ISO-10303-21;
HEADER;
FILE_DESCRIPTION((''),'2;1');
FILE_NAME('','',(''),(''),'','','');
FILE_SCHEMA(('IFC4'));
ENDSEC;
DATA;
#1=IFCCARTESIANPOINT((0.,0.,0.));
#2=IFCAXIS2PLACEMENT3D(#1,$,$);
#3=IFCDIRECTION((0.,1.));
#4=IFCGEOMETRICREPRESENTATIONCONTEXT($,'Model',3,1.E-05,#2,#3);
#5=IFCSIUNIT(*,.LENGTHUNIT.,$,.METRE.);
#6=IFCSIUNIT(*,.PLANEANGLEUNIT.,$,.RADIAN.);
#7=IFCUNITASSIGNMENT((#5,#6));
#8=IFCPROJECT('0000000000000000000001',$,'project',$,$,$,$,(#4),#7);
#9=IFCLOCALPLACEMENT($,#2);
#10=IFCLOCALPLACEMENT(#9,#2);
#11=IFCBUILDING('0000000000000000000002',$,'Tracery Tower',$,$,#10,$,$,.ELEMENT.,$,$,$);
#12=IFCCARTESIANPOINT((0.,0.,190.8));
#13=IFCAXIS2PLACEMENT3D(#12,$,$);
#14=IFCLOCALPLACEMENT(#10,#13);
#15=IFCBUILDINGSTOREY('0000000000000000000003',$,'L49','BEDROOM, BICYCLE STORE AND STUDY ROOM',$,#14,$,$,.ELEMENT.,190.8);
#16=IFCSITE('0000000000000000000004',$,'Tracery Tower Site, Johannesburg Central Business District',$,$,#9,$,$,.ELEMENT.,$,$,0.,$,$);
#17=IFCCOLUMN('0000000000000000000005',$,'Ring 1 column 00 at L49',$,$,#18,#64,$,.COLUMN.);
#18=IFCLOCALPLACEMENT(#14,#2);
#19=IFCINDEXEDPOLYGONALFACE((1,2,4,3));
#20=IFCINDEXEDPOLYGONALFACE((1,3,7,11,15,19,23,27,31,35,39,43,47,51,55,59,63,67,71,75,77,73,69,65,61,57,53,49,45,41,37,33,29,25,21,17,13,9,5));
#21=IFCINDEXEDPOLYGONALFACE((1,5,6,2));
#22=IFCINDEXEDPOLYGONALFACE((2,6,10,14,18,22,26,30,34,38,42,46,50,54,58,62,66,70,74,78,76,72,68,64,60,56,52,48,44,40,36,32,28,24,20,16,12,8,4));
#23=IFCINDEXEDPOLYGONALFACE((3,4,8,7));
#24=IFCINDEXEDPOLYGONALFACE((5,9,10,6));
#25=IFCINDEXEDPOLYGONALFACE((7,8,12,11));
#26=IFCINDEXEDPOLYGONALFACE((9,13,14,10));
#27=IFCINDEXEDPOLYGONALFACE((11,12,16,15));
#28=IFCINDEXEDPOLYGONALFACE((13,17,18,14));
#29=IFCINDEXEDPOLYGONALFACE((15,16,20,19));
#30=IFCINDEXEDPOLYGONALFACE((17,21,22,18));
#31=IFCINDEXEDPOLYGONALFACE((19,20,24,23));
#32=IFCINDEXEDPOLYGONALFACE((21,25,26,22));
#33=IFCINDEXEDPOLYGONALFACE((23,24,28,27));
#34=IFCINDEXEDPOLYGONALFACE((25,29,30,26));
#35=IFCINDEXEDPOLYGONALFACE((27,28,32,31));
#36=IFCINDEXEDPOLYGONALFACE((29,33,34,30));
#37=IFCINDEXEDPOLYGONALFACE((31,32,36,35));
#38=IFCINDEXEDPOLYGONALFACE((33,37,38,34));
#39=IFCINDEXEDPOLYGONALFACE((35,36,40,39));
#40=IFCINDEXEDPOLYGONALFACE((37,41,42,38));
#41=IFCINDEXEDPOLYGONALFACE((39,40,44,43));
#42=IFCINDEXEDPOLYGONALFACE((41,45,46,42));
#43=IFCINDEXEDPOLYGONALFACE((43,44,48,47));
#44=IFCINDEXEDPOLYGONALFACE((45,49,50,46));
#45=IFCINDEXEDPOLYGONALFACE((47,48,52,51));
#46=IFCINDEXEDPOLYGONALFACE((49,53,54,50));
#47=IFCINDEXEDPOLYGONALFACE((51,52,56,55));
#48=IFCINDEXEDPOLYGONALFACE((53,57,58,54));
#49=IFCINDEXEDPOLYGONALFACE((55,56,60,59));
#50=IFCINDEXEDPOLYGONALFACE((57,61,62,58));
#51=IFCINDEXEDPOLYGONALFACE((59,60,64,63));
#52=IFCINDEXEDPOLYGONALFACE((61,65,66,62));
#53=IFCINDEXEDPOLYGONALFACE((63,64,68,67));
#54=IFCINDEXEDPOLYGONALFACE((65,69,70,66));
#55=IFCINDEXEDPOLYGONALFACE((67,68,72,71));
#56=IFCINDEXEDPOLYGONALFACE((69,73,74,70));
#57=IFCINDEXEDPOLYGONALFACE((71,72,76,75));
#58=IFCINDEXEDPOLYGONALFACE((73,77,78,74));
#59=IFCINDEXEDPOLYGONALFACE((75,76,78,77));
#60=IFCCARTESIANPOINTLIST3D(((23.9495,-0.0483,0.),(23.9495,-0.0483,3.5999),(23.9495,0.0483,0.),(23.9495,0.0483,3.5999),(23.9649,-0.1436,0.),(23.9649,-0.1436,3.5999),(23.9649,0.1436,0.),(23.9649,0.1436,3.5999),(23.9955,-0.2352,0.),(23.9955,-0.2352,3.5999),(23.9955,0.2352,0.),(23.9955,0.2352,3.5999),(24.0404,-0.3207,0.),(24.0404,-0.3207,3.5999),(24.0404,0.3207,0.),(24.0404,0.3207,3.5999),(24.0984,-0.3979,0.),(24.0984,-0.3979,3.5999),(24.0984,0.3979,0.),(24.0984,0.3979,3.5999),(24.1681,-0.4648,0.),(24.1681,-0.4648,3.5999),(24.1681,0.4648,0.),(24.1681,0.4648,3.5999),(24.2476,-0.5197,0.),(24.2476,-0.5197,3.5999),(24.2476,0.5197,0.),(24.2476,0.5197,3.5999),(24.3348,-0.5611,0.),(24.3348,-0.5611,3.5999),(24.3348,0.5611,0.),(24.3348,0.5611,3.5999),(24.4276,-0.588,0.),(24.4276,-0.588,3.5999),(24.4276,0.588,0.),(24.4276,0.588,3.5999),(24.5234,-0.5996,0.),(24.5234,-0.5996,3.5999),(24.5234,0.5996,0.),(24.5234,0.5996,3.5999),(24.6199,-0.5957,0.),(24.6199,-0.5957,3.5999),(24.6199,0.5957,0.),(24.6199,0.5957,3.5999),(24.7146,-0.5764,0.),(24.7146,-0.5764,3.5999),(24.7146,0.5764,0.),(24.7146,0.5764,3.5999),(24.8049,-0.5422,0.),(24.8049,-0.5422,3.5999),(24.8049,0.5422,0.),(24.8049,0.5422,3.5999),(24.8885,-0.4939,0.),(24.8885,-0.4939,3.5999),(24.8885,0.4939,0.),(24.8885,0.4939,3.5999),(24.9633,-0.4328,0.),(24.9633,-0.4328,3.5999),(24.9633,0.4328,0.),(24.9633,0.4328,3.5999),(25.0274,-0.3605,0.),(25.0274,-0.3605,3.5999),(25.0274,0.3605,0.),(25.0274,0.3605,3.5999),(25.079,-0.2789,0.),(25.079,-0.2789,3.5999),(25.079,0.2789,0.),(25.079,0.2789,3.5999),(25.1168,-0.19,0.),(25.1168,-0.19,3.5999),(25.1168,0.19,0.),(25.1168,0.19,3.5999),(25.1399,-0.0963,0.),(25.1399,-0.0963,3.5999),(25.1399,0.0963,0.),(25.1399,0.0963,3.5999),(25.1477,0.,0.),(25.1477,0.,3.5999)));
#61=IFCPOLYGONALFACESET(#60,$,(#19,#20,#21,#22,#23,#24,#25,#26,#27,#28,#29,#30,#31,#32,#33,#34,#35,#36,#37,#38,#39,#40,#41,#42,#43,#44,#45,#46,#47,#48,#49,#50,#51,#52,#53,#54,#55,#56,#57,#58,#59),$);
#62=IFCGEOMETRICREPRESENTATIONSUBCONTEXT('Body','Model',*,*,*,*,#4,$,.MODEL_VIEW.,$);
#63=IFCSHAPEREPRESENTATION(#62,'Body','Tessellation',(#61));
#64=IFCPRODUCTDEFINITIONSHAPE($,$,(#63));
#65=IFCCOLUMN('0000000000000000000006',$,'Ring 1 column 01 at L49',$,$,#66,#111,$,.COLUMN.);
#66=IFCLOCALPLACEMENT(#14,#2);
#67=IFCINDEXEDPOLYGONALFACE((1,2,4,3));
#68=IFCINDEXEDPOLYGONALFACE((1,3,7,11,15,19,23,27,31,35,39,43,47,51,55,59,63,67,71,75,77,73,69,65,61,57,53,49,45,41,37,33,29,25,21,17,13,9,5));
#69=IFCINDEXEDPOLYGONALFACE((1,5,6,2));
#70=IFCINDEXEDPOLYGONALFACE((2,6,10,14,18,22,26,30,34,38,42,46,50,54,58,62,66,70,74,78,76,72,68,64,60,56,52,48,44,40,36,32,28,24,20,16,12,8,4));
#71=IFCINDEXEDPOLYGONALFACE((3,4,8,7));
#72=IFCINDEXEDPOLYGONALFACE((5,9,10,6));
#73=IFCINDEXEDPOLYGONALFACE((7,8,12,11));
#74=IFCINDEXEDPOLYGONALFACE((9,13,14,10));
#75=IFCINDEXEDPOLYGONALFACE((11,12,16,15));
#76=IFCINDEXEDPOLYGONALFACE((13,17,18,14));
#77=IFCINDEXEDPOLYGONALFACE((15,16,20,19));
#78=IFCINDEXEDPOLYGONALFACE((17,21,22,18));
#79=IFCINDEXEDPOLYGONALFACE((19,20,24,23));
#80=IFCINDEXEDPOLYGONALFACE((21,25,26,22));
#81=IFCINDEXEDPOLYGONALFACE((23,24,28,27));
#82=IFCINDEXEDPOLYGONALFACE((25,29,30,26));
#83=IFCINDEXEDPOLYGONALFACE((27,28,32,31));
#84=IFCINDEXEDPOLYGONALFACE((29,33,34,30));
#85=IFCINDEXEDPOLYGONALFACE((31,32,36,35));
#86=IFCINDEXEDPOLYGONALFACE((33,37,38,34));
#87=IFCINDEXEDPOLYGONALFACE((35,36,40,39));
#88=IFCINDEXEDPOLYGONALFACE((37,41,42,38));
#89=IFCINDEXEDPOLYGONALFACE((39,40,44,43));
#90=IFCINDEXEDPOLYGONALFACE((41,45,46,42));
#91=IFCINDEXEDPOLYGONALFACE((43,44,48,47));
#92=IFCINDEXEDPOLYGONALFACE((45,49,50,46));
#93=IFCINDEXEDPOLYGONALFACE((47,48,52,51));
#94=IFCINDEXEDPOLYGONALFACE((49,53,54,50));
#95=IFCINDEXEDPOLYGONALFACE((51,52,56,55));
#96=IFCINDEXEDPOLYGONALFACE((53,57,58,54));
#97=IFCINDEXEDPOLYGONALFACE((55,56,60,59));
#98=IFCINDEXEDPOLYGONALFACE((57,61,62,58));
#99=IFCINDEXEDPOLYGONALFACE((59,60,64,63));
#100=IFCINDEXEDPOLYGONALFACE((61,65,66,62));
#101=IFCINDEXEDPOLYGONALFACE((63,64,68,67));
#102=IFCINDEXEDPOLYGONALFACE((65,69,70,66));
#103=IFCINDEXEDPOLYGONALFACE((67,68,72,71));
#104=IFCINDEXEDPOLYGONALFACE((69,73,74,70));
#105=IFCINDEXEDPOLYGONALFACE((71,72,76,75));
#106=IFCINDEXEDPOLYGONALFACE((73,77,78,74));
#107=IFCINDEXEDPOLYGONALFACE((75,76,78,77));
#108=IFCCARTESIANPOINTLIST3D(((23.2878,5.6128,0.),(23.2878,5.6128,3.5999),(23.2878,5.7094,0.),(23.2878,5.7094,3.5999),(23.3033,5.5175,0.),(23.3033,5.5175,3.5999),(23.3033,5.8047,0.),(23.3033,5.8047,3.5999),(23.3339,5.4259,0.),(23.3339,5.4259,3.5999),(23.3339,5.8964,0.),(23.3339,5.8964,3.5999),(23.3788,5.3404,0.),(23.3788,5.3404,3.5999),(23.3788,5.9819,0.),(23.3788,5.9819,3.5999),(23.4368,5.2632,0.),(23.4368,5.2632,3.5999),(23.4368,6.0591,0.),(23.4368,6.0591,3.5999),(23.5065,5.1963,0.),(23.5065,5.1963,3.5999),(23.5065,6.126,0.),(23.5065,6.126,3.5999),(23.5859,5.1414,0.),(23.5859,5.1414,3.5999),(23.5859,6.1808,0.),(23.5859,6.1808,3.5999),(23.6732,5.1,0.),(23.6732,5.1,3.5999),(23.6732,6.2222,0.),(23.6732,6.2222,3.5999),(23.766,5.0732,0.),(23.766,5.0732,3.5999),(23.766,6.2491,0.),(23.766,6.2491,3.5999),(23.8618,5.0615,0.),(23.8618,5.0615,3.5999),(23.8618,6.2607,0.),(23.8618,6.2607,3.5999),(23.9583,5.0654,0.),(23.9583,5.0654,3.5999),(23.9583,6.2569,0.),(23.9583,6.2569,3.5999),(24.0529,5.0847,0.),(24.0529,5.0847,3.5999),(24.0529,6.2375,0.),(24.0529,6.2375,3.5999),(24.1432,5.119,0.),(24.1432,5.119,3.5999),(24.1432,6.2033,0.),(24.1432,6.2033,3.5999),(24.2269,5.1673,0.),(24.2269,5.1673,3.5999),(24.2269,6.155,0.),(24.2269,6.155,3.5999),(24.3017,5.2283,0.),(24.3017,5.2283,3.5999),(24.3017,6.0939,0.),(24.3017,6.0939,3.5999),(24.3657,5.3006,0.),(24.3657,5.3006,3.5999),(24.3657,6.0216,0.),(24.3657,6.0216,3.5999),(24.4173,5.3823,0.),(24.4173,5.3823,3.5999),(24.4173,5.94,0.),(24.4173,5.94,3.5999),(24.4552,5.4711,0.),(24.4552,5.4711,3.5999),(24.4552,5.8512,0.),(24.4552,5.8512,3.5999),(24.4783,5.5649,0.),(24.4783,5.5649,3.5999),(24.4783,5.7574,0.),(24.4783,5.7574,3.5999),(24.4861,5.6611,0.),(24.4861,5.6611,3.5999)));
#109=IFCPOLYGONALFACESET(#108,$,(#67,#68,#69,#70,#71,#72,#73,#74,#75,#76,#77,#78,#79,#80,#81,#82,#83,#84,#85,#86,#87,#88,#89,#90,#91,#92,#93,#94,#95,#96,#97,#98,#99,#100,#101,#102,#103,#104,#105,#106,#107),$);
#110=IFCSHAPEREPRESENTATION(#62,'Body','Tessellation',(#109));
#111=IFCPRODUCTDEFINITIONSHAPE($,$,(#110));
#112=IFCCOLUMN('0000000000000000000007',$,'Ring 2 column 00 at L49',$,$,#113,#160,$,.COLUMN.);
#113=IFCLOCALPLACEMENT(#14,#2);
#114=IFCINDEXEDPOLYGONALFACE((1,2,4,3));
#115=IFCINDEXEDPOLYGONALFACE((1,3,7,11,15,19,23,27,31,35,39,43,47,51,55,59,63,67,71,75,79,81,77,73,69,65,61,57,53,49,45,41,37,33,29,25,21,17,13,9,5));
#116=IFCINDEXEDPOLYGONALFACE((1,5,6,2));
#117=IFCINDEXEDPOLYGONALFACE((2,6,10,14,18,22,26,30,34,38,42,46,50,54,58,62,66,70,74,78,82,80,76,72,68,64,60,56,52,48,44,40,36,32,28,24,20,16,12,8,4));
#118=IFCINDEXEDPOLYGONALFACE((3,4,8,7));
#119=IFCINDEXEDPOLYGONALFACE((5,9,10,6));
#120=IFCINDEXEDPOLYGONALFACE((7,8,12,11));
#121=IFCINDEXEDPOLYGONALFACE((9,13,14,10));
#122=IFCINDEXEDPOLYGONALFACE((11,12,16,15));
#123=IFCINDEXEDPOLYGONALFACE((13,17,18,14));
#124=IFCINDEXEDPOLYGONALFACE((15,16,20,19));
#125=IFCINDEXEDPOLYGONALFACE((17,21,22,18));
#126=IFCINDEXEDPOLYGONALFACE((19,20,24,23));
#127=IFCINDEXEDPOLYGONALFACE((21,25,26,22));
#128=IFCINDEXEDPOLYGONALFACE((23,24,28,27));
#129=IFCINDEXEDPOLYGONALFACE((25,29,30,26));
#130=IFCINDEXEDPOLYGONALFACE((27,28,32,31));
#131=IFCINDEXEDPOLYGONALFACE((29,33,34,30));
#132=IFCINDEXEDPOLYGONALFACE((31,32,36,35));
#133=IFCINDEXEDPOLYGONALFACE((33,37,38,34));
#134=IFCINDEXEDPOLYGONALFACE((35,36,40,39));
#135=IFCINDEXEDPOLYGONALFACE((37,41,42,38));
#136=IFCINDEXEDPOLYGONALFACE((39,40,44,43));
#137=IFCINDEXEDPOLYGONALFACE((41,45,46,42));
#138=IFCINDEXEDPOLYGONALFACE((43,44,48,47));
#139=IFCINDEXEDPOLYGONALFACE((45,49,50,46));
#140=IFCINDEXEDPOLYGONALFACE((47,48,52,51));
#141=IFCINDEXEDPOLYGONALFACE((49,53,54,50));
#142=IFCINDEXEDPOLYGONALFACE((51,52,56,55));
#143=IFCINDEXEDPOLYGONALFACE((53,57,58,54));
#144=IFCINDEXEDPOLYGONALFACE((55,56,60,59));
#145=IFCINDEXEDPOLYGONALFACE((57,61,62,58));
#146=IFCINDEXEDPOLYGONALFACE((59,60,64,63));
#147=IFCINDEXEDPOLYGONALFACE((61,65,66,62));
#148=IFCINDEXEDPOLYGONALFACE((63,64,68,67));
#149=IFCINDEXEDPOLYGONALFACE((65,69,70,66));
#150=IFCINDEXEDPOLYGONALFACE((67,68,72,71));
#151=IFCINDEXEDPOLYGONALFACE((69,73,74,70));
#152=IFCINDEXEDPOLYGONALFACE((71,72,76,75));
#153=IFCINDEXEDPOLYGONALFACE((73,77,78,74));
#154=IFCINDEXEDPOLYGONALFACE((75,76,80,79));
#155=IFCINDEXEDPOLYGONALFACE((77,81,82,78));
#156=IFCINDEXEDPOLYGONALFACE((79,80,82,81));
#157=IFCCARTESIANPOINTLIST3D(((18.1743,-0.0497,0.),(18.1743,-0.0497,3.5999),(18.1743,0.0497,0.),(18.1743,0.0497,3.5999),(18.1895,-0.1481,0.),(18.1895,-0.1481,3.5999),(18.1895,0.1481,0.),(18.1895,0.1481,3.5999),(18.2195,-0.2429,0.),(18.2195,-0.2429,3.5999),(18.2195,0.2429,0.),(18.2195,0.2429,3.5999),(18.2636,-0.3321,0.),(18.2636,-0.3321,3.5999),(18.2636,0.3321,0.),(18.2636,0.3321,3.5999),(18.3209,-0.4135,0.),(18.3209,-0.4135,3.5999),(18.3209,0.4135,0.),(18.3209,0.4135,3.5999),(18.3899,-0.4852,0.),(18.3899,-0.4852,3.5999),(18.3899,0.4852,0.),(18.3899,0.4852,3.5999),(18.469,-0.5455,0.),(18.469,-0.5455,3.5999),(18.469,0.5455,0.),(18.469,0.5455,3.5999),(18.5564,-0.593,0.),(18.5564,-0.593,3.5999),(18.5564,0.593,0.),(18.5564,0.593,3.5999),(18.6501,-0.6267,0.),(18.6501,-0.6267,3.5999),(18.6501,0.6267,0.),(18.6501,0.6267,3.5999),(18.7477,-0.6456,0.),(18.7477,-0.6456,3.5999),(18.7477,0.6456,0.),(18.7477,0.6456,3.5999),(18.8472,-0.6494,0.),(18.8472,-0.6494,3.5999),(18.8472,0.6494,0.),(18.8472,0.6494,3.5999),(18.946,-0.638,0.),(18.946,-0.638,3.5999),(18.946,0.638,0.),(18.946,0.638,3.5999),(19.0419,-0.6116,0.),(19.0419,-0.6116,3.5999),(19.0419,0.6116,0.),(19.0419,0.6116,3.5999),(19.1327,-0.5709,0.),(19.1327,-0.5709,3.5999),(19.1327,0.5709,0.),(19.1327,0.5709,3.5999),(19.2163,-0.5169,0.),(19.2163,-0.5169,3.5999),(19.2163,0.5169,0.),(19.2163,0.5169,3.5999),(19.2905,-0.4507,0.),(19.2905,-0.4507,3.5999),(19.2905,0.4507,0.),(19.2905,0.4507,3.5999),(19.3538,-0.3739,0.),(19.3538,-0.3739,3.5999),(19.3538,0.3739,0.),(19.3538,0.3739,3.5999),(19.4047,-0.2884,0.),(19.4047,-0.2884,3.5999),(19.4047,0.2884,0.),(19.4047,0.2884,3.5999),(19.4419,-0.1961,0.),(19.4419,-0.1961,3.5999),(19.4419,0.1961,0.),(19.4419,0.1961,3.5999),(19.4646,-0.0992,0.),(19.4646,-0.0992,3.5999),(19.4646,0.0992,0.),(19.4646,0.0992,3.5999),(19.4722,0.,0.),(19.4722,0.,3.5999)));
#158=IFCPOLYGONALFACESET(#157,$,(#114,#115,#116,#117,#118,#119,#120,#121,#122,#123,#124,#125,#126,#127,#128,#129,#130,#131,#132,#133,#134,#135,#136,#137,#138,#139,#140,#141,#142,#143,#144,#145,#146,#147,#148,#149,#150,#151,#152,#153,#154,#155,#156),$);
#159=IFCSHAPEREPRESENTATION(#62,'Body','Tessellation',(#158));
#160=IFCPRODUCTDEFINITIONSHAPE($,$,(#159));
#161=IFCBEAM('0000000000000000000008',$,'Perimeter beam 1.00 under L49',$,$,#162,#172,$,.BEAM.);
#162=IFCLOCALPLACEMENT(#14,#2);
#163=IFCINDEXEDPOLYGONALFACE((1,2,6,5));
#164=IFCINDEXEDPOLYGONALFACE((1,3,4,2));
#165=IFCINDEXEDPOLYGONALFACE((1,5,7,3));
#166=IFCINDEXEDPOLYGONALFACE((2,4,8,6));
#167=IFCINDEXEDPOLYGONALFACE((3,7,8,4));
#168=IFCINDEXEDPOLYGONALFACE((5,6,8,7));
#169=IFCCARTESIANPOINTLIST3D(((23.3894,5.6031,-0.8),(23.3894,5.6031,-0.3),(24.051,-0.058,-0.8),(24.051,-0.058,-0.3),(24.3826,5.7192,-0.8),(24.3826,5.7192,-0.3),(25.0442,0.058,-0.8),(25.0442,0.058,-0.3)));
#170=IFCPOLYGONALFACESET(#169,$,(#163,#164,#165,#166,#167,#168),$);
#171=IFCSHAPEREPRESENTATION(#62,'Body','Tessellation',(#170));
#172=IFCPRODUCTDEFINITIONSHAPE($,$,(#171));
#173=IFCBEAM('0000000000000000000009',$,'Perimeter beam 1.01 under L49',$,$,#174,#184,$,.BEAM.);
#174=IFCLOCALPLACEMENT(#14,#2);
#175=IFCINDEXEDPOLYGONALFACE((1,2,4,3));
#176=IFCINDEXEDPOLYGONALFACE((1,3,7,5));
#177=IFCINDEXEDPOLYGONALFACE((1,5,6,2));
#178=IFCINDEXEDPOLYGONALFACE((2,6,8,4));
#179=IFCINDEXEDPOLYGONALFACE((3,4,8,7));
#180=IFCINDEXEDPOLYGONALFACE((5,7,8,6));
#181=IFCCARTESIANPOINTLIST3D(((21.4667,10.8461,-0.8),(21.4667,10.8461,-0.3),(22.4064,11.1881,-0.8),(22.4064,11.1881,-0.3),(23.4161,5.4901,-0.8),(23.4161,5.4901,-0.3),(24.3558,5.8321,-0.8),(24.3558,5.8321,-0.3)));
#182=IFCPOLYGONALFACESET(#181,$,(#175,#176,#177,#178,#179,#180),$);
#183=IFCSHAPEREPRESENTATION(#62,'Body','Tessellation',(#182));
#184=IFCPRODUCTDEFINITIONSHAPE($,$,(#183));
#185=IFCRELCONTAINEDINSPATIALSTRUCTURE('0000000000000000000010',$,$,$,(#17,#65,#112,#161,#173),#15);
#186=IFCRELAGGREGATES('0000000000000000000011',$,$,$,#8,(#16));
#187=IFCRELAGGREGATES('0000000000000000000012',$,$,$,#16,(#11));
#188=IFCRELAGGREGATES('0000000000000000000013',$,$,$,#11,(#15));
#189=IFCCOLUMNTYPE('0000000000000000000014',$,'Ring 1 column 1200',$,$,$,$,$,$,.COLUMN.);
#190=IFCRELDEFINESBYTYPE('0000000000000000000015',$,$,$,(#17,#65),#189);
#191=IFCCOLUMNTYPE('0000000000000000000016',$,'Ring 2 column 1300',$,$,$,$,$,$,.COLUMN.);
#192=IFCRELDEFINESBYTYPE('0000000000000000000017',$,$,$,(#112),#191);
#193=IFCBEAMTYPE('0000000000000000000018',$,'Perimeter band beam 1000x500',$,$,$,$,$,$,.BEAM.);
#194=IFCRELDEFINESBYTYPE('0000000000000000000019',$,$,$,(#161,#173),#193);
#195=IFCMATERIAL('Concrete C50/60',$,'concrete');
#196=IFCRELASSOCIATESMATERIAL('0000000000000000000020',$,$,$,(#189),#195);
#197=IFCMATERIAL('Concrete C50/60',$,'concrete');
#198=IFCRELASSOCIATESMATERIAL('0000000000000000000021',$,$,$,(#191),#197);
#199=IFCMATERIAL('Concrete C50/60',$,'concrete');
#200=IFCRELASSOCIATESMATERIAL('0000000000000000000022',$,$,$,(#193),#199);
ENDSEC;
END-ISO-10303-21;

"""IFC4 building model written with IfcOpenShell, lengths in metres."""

from ifc_helpers import new_model, si_unit, direction, frame, origin, origin_2d, place, context, subcontext, project, spatial, rectangle, circle, extrude, material, material_profile, profile_set, type_object, element, save


model = new_model("IFC4")

# Units and contexts
model_context = context("Model", 3, precision=1e-05, world=origin(), true_north=direction((0.0, 1.0)))
body_context = subcontext(model_context, "Body", "Model", "MODEL_VIEW")
ifc_project = project(units=[si_unit("LENGTHUNIT", "METRE"), si_unit("PLANEANGLEUNIT", "RADIAN")], contexts=[model_context])

# Site, building, storey
site_placement = place(None, origin())
site = spatial("IfcSite", under=ifc_project, at=site_placement, Name="Tracery Tower Site, Johannesburg Central Business District", CompositionType="ELEMENT", RefElevation=0.0)
building_placement = place(site_placement, origin())
building = spatial("IfcBuilding", under=site, at=building_placement, Name="Tracery Tower", CompositionType="ELEMENT")
storey_placement = place(building_placement, frame((0.0, 0.0, 190.8)))
storey = spatial("IfcBuildingStorey", under=building, at=storey_placement, Name="L49", Description="BEDROOM, BICYCLE STORE AND STUDY ROOM", CompositionType="ELEMENT", Elevation=190.8)

# Columns
ifc_material_1 = material(Name="Concrete C50/60", Category="concrete")
ifc_material_profile_1 = material_profile(ifc_material_1, circle(Radius=0.6001, at=origin_2d()), Name="RC D1200")
ifc_profile_set_1 = profile_set([ifc_material_profile_1], Name="Concrete C50/60")
column_type_1 = type_object("IfcColumnType", Name="Ring 1 column 1200", PredefinedType="COLUMN", material=ifc_profile_set_1)
for number, where, z_axis, x_axis, name in (
    (1, (24.5476, 0.0, 0.0), (0.0, 0.0, 1.0), (1.0, 0.0, 0.0), "Ring 1 column 00 at L49"),
    (2, (23.886, 5.6611, 0.0), (0.0, 0.0, 1.0), (1.0, 0.0, 0.0), "Ring 1 column 01 at L49"),
):
    element("IfcColumn", number, at=place(storey_placement, frame(where, z_axis=z_axis, x_axis=x_axis)), inside=storey, type_object=column_type_1, Name=name, PredefinedType="COLUMN", context=body_context, shape_type="SweptSolid", body=[
        extrude(circle(Radius=0.6001, at=origin_2d()), origin(), (0.0, 0.0, 1.0), 3.5999),
    ])
ifc_material_2 = material(Name="Concrete C50/60", Category="concrete")
ifc_material_profile_2 = material_profile(ifc_material_2, circle(Radius=0.6499, at=origin_2d()), Name="RC D1300")
ifc_profile_set_2 = profile_set([ifc_material_profile_2], Name="Concrete C50/60")
column_type_2 = type_object("IfcColumnType", Name="Ring 2 column 1300", PredefinedType="COLUMN", material=ifc_profile_set_2)
column_placement = place(storey_placement, frame((18.8223, 0.0, 0.0), z_axis=(0.0, 0.0, 1.0), x_axis=(1.0, 0.0, 0.0)))
element("IfcColumn", 3, at=column_placement, inside=storey, type_object=column_type_2, Name="Ring 2 column 00 at L49", PredefinedType="COLUMN", context=body_context, shape_type="SweptSolid", body=[
    extrude(circle(Radius=0.6499, at=origin_2d()), origin(), (0.0, 0.0, 1.0), 3.5999),
])

# Beams
ifc_material_3 = material(Name="Concrete C50/60", Category="concrete")
ifc_material_profile_3 = material_profile(ifc_material_3, rectangle(XDim=1.0, YDim=0.5, at=origin_2d()), Name="RC 1000x500")
ifc_profile_set_3 = profile_set([ifc_material_profile_3], Name="Concrete C50/60")
beam_type = type_object("IfcBeamType", Name="Perimeter band beam 1000x500", PredefinedType="BEAM", material=ifc_profile_set_3)
for number, where, z_axis, x_axis, name in (
    (4, (24.5476, 0.0, -0.55), (-0.116081, 0.99324, 0.0), (-0.99324, -0.116081, 0.0), "Perimeter beam 1.00 under L49"),
    (5, (23.886, 5.6611, -0.55), (-0.342029, 0.93969, 0.0), (-0.93969, -0.342029, 0.0), "Perimeter beam 1.01 under L49"),
):
    element("IfcBeam", number, at=place(storey_placement, frame(where, z_axis=z_axis, x_axis=x_axis)), inside=storey, type_object=beam_type, Name=name, PredefinedType="BEAM", context=body_context, shape_type="SweptSolid", body=[
        extrude(rectangle(XDim=1.0, YDim=0.5, at=origin_2d()), origin(), (0.0, 0.0, 1.0), 5.6997),
    ])

save(model, "model.ifc")
